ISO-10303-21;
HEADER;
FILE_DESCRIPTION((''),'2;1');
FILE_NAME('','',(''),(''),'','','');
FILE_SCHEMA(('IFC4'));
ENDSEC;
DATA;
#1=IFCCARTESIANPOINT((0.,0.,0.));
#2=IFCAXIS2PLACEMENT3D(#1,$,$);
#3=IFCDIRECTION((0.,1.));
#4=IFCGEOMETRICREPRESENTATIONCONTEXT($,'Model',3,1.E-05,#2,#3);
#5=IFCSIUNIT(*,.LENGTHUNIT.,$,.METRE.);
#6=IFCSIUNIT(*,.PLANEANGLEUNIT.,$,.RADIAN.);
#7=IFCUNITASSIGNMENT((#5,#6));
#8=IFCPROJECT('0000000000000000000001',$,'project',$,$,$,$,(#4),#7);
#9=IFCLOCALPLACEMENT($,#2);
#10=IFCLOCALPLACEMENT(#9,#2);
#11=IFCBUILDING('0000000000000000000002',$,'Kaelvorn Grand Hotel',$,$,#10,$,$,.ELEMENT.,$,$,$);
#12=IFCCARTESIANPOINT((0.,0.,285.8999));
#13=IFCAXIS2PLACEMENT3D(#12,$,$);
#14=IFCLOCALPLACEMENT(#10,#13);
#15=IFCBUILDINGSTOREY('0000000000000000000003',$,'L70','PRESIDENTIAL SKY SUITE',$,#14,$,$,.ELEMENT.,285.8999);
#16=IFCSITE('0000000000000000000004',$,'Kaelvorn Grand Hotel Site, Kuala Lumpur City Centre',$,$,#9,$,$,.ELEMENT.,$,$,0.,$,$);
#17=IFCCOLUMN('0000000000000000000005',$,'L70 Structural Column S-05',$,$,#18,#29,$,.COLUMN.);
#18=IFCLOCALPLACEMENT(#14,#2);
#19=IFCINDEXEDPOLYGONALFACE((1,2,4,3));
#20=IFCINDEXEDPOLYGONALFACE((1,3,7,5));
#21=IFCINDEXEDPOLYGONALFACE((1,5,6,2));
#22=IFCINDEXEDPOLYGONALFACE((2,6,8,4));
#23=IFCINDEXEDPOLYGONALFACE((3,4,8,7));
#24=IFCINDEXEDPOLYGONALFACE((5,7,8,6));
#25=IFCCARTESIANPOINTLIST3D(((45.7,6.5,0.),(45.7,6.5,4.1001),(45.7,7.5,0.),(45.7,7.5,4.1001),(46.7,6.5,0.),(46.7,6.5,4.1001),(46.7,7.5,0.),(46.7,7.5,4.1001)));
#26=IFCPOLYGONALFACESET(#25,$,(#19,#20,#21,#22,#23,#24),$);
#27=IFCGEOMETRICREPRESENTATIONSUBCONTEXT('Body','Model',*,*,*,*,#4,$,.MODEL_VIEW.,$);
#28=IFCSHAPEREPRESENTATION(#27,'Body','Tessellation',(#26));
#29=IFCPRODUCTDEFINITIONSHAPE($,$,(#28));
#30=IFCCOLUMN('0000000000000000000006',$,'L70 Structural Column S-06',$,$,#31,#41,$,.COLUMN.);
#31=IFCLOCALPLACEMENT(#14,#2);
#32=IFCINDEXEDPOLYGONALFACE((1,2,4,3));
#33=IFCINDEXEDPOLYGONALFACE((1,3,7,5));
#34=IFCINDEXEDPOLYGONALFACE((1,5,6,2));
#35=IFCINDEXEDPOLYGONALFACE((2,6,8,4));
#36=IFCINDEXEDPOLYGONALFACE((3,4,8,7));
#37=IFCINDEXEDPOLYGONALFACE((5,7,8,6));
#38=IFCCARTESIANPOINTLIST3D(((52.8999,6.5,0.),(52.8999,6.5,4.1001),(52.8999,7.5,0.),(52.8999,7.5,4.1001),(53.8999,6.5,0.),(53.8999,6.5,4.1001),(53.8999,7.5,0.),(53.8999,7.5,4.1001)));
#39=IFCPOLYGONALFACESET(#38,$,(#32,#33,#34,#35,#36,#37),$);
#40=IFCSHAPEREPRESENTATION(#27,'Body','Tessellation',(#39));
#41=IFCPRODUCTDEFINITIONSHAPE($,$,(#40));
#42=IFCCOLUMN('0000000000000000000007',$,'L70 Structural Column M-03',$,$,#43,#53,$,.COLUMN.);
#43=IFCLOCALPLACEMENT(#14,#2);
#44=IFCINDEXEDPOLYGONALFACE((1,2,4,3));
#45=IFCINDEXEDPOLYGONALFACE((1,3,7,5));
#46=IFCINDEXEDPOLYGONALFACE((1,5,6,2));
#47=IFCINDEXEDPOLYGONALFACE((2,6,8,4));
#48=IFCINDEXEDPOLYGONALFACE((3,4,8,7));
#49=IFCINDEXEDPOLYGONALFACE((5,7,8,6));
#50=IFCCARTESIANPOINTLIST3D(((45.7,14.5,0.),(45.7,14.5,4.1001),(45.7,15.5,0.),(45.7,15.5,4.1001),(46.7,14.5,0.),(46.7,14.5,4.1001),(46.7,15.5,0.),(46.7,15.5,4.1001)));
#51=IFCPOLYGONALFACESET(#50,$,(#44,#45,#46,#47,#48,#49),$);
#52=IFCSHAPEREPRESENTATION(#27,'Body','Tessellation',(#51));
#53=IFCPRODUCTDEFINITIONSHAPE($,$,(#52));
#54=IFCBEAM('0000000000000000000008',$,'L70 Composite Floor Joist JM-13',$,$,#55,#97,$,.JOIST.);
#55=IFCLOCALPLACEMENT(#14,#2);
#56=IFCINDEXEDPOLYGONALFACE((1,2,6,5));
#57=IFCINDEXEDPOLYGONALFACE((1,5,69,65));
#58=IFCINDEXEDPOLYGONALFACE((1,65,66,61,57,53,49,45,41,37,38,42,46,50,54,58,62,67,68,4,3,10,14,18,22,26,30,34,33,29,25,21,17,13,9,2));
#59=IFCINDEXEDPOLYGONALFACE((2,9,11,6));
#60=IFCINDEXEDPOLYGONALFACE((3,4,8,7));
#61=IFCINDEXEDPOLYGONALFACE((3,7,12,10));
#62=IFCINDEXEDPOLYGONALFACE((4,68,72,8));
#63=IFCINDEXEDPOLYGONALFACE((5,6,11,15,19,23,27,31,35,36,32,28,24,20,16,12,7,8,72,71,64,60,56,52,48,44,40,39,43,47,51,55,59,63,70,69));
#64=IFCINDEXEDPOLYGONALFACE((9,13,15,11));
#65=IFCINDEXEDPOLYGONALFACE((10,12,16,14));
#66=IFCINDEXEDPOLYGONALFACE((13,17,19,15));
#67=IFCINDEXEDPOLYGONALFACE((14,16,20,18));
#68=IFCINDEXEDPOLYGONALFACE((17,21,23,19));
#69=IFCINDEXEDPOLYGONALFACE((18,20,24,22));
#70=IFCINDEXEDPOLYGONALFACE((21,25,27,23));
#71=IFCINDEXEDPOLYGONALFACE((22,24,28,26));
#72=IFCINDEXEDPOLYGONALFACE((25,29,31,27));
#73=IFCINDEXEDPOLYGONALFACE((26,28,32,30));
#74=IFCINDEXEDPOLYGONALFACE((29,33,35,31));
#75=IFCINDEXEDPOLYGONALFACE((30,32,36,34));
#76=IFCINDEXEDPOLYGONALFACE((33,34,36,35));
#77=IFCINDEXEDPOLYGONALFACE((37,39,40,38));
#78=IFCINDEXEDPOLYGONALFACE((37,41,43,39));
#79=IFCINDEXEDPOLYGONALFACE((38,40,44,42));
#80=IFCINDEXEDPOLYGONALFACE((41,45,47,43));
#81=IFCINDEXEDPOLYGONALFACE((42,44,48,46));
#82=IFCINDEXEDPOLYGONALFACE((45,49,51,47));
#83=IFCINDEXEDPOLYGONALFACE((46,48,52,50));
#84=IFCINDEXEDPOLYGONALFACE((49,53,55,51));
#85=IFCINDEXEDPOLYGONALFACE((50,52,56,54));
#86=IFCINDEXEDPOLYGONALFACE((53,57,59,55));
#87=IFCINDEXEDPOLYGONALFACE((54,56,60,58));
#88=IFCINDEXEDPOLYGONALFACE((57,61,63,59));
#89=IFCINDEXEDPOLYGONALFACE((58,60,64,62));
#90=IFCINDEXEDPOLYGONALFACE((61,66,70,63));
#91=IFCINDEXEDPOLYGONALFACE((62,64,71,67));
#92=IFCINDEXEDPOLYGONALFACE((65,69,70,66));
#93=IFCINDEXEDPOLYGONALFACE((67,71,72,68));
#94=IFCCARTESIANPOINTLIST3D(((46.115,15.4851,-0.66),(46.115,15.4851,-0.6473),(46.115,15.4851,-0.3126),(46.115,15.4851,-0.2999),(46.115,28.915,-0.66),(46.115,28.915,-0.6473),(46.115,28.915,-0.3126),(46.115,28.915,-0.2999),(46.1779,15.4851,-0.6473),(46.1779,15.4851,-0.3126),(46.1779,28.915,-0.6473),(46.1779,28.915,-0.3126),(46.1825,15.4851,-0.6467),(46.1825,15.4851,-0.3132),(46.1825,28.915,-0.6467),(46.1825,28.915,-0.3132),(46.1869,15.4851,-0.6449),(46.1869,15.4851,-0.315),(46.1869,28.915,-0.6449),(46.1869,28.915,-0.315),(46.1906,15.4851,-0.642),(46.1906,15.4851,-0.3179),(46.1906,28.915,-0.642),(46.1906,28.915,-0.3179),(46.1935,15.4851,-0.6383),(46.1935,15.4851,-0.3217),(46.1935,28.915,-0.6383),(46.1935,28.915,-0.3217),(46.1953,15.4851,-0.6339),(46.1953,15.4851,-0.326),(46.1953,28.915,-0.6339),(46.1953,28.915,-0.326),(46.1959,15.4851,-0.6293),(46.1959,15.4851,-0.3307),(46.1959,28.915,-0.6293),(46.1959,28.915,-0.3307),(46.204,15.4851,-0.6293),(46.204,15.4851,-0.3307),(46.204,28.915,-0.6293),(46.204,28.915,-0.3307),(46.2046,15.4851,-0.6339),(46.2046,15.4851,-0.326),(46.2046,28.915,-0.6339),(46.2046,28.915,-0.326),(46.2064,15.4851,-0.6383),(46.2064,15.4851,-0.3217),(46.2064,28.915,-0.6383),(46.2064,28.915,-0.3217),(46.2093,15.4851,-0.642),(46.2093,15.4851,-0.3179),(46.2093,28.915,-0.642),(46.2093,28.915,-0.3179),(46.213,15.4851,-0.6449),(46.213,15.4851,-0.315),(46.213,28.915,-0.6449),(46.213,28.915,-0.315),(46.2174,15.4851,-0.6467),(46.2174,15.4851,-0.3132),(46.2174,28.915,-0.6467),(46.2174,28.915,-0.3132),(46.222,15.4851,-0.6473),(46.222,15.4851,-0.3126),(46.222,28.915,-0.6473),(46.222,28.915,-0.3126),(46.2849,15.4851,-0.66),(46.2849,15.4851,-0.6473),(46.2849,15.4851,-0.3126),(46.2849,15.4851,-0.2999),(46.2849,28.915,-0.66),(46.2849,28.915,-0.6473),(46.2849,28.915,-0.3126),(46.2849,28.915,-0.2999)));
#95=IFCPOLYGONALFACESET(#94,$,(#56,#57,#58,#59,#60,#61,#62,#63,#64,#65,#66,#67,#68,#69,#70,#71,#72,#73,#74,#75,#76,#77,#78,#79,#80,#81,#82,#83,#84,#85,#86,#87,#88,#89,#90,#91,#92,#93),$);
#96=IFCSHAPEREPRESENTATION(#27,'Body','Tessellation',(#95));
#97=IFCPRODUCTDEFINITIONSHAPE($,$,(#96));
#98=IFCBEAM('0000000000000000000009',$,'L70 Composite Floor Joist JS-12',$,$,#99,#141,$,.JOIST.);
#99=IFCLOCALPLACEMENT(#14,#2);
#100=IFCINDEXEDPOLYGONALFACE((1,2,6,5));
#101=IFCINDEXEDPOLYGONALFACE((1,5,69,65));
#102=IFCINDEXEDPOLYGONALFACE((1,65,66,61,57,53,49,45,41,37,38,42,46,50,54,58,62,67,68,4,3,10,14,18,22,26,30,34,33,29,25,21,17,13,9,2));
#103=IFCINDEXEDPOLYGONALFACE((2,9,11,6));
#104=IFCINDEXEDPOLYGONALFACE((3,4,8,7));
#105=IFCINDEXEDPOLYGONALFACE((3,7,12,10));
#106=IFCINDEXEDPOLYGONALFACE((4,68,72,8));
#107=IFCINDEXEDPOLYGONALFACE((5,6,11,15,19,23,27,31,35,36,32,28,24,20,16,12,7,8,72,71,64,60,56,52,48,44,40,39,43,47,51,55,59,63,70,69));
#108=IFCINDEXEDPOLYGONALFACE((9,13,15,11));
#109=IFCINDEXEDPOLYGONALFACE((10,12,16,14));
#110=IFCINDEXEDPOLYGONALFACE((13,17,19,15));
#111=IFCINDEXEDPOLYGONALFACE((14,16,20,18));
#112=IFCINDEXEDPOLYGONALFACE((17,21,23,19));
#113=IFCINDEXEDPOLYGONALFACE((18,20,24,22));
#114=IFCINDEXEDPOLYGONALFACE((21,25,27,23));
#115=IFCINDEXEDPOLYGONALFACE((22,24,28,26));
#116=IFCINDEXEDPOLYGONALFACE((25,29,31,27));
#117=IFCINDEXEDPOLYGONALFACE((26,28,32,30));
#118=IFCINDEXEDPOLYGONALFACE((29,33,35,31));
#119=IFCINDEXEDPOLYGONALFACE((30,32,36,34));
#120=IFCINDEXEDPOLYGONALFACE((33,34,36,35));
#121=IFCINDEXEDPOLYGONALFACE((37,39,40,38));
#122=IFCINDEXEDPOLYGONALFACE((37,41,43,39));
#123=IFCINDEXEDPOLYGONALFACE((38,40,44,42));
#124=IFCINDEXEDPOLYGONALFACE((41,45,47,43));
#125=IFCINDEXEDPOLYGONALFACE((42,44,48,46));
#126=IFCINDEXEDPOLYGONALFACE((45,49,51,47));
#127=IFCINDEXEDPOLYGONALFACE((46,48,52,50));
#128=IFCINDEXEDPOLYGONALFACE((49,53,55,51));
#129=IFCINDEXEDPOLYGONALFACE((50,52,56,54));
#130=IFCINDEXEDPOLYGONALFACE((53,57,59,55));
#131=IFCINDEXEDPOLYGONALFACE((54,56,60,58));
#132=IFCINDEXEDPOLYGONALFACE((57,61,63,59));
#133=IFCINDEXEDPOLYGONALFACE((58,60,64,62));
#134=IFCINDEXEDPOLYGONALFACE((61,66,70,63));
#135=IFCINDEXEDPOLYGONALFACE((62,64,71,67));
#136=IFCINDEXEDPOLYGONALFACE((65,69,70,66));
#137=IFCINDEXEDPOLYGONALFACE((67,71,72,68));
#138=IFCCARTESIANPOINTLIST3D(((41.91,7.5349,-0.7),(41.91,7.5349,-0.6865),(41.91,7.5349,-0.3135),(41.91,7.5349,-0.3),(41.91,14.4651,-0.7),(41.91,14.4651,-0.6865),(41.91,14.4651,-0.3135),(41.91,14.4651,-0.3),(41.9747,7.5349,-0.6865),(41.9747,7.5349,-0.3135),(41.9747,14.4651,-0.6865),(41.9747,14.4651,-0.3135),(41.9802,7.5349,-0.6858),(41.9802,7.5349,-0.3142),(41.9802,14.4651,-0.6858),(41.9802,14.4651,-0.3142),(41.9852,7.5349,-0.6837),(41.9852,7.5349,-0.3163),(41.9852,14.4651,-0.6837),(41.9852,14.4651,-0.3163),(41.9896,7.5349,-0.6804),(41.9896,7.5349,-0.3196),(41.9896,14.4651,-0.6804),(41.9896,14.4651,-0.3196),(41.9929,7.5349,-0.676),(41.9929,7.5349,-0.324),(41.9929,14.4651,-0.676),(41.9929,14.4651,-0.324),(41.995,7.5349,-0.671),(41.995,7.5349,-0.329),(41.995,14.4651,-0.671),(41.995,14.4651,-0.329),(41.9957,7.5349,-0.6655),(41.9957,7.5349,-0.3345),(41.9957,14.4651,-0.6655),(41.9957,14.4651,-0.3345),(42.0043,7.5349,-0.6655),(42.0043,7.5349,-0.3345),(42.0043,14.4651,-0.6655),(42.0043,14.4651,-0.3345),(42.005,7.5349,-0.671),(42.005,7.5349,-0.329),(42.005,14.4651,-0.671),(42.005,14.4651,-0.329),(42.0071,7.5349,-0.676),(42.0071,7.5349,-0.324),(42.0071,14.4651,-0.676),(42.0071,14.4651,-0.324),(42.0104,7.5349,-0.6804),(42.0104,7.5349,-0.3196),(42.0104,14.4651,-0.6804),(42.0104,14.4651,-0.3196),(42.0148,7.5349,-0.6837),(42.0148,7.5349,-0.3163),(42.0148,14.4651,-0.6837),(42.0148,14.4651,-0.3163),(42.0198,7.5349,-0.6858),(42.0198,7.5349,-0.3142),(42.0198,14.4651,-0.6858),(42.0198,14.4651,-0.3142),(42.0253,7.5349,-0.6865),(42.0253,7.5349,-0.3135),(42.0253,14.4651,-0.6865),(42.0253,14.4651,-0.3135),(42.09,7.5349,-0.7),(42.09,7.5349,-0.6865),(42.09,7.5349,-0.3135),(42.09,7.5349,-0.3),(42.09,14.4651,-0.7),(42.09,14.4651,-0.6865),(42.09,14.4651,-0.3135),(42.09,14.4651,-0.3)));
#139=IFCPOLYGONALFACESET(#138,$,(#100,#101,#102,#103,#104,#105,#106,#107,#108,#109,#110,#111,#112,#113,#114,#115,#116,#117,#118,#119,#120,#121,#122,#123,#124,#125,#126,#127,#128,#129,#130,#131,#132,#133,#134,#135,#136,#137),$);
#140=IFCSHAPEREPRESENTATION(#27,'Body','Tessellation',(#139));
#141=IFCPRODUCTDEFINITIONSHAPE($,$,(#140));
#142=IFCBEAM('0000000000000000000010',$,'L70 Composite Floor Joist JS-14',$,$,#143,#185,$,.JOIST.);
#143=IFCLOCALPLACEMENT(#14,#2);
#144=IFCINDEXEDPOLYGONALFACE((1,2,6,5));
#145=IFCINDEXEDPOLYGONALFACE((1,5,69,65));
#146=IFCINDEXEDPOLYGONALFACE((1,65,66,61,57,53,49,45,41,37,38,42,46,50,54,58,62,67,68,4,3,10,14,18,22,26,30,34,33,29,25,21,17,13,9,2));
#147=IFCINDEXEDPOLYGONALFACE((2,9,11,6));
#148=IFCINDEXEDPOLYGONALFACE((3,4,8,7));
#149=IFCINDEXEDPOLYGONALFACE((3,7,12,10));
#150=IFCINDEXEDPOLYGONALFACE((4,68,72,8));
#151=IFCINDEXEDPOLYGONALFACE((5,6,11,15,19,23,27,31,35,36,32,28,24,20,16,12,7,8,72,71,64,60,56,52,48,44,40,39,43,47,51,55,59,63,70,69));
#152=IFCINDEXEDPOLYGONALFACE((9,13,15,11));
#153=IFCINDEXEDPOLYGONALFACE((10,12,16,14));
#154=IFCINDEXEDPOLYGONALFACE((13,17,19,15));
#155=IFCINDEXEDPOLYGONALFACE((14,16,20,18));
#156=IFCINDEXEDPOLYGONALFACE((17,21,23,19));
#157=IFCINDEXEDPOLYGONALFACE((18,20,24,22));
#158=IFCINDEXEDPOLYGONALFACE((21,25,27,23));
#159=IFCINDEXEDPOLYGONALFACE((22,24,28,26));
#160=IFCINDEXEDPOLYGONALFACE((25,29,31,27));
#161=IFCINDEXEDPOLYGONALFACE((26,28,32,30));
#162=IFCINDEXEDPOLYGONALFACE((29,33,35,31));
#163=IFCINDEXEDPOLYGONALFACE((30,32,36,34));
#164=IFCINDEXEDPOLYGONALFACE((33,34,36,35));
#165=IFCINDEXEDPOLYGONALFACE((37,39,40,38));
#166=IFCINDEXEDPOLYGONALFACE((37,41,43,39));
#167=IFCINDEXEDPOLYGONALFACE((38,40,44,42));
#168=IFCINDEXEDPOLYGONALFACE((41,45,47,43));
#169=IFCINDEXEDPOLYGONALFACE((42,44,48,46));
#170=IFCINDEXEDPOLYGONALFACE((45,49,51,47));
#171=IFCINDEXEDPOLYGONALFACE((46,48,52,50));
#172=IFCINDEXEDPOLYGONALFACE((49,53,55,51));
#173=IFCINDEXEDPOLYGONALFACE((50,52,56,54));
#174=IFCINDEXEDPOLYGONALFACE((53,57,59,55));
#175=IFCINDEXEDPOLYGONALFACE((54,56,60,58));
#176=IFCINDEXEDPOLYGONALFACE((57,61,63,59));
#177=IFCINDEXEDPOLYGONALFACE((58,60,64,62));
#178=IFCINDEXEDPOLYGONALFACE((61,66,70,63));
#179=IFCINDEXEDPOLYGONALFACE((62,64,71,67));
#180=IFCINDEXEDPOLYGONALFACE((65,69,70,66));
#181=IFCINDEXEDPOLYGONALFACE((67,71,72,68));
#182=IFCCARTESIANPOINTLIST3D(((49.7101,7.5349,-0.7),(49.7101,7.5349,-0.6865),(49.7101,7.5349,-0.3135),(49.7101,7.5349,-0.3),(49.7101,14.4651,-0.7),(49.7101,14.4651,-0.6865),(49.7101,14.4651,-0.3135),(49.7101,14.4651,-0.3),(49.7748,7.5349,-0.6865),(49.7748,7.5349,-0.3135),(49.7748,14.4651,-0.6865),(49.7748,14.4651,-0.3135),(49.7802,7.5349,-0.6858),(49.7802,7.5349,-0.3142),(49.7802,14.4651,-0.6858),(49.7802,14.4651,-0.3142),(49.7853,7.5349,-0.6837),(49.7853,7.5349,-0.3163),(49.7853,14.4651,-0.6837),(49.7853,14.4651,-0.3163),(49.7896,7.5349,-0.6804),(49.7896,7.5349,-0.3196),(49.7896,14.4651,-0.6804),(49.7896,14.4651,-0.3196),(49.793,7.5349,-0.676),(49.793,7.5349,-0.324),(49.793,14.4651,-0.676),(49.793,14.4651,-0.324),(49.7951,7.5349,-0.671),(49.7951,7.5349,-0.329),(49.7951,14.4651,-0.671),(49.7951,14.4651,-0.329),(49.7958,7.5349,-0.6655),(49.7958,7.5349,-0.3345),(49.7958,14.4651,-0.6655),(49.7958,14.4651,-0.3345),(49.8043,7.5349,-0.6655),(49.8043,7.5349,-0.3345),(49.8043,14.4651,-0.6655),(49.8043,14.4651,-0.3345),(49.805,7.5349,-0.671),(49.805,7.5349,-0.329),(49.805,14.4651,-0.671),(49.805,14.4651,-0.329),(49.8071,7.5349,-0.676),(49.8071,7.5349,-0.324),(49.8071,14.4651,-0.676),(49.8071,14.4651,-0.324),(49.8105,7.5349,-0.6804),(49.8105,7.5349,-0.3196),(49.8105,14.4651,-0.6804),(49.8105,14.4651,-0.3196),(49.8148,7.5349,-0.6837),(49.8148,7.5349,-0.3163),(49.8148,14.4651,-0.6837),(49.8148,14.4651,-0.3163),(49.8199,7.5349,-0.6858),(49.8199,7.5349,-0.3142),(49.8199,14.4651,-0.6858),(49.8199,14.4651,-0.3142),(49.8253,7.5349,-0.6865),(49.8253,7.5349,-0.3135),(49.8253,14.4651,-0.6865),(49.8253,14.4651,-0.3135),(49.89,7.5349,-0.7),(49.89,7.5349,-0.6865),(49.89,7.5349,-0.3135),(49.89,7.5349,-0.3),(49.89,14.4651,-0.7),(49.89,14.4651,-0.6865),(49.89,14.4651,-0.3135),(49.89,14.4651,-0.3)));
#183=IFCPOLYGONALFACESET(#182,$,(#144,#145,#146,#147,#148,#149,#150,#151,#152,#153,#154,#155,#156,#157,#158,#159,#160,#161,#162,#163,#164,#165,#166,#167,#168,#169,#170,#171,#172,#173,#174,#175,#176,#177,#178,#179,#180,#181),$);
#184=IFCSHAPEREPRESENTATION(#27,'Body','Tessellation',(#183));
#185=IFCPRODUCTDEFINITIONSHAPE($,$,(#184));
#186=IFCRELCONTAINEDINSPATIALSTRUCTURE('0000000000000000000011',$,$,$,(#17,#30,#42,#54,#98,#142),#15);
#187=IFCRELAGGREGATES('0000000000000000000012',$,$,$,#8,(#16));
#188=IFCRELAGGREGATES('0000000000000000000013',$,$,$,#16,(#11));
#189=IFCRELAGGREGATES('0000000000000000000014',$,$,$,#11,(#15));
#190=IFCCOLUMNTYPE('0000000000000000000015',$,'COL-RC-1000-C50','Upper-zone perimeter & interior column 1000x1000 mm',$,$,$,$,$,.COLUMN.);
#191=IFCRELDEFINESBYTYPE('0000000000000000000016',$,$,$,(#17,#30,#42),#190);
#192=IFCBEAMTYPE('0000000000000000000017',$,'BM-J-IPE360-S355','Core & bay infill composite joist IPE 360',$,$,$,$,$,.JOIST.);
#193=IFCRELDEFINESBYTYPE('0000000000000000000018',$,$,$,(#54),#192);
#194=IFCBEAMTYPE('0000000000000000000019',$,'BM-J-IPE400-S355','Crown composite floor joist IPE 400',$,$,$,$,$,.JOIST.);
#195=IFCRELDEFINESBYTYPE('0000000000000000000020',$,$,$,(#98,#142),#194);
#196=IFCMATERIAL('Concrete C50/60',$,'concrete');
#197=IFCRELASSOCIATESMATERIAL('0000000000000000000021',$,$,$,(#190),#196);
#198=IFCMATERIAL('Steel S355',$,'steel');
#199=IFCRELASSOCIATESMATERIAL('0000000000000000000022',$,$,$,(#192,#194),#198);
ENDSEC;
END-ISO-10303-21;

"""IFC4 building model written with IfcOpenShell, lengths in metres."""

from ifc_helpers import new_model, si_unit, direction, frame, origin, origin_2d, place, context, subcontext, project, spatial, rectangle, i_section, extrude, material, material_profile, profile_set, type_object, element, save


model = new_model("IFC4")

# Units and contexts
model_context = context("Model", 3, precision=1e-05, world=origin(), true_north=direction((0.0, 1.0)))
body_context = subcontext(model_context, "Body", "Model", "MODEL_VIEW")
ifc_project = project(units=[si_unit("LENGTHUNIT", "METRE"), si_unit("PLANEANGLEUNIT", "RADIAN")], contexts=[model_context])

# Site, building, storey
site_placement = place(None, origin())
site = spatial("IfcSite", under=ifc_project, at=site_placement, Name="Kaelvorn Grand Hotel Site, Kuala Lumpur City Centre", CompositionType="ELEMENT", RefElevation=0.0)
building_placement = place(site_placement, origin())
building = spatial("IfcBuilding", under=site, at=building_placement, Name="Kaelvorn Grand Hotel", CompositionType="ELEMENT")
storey_placement = place(building_placement, frame((0.0, 0.0, 285.8999)))
storey = spatial("IfcBuildingStorey", under=building, at=storey_placement, Name="L70", Description="PRESIDENTIAL SKY SUITE", CompositionType="ELEMENT", Elevation=285.8999)

# Columns
ifc_material_1 = material(Name="Concrete C50/60", Category="concrete")
ifc_material_profile_1 = material_profile(ifc_material_1, rectangle(XDim=1.0, YDim=1.0, at=origin_2d()), Name="RC COL 1000x1000")
ifc_profile_set_1 = profile_set([ifc_material_profile_1], Name="Concrete C50/60")
column_type = type_object("IfcColumnType", Name="COL-RC-1000-C50", Description="Upper-zone perimeter & interior column 1000x1000 mm", PredefinedType="COLUMN", material=ifc_profile_set_1)
for number, where, z_axis, x_axis, name in (
    (1, (46.2, 7.0, 0.0), (0.0, 0.0, 1.0), (1.0, 0.0, 0.0), "L70 Structural Column S-05"),
    (2, (53.3999, 7.0, 0.0), (0.0, 0.0, 1.0), (1.0, 0.0, 0.0), "L70 Structural Column S-06"),
    (3, (46.2, 15.0, 0.0), (0.0, 0.0, 1.0), (1.0, 0.0, 0.0), "L70 Structural Column M-03"),
):
    element("IfcColumn", number, at=place(storey_placement, frame(where, z_axis=z_axis, x_axis=x_axis)), inside=storey, type_object=column_type, Name=name, PredefinedType="COLUMN", context=body_context, shape_type="SweptSolid", body=[
        extrude(rectangle(XDim=1.0, YDim=1.0, at=origin_2d()), origin(), (0.0, 0.0, 1.0), 4.1001),
    ])

# Beams
ifc_material_2 = material(Name="Steel S355", Category="steel")
ifc_material_profile_2 = material_profile(ifc_material_2, i_section(OverallWidth=0.1699, OverallDepth=0.3601, WebThickness=0.0081, FlangeThickness=0.0127, FilletRadius=0.0181, at=origin_2d()), Name="IPE 360")
ifc_profile_set_2 = profile_set([ifc_material_profile_2], Name="Steel S355")
beam_type_1 = type_object("IfcBeamType", Name="BM-J-IPE360-S355", Description="Core & bay infill composite joist IPE 360", PredefinedType="JOIST", material=ifc_profile_set_2)
beam_1_placement = place(storey_placement, frame((46.2, 15.4851, -0.48), z_axis=(0.0, 1.0, 0.0), x_axis=(-1.0, 0.0, 0.0)))
element("IfcBeam", 4, at=beam_1_placement, inside=storey, type_object=beam_type_1, Name="L70 Composite Floor Joist JM-13", PredefinedType="JOIST", context=body_context, shape_type="SweptSolid", body=[
    extrude(i_section(OverallWidth=0.1699, OverallDepth=0.3601, WebThickness=0.0081, FlangeThickness=0.0127, FilletRadius=0.0181, at=origin_2d()), origin(), (0.0, 0.0, 1.0), 13.4299),
])
ifc_material_profile_3 = material_profile(ifc_material_2, i_section(OverallWidth=0.1799, OverallDepth=0.3999, WebThickness=0.0085, FlangeThickness=0.0134, FilletRadius=0.021, at=origin_2d()), Name="IPE 400")
ifc_profile_set_3 = profile_set([ifc_material_profile_3], Name="Steel S355")
beam_type_2 = type_object("IfcBeamType", Name="BM-J-IPE400-S355", Description="Crown composite floor joist IPE 400", PredefinedType="JOIST", material=ifc_profile_set_3)
for number, where, z_axis, x_axis, name in (
    (5, (42.0, 7.5349, -0.5), (0.0, 1.0, 0.0), (-1.0, 0.0, 0.0), "L70 Composite Floor Joist JS-12"),
    (6, (49.8, 7.5349, -0.5), (0.0, 1.0, 0.0), (-1.0, 0.0, 0.0), "L70 Composite Floor Joist JS-14"),
):
    element("IfcBeam", number, at=place(storey_placement, frame(where, z_axis=z_axis, x_axis=x_axis)), inside=storey, type_object=beam_type_2, Name=name, PredefinedType="JOIST", context=body_context, shape_type="SweptSolid", body=[
        extrude(i_section(OverallWidth=0.1799, OverallDepth=0.3999, WebThickness=0.0085, FlangeThickness=0.0134, FilletRadius=0.021, at=origin_2d()), origin(), (0.0, 0.0, 1.0), 6.9302),
    ])

save(model, "model.ifc")
